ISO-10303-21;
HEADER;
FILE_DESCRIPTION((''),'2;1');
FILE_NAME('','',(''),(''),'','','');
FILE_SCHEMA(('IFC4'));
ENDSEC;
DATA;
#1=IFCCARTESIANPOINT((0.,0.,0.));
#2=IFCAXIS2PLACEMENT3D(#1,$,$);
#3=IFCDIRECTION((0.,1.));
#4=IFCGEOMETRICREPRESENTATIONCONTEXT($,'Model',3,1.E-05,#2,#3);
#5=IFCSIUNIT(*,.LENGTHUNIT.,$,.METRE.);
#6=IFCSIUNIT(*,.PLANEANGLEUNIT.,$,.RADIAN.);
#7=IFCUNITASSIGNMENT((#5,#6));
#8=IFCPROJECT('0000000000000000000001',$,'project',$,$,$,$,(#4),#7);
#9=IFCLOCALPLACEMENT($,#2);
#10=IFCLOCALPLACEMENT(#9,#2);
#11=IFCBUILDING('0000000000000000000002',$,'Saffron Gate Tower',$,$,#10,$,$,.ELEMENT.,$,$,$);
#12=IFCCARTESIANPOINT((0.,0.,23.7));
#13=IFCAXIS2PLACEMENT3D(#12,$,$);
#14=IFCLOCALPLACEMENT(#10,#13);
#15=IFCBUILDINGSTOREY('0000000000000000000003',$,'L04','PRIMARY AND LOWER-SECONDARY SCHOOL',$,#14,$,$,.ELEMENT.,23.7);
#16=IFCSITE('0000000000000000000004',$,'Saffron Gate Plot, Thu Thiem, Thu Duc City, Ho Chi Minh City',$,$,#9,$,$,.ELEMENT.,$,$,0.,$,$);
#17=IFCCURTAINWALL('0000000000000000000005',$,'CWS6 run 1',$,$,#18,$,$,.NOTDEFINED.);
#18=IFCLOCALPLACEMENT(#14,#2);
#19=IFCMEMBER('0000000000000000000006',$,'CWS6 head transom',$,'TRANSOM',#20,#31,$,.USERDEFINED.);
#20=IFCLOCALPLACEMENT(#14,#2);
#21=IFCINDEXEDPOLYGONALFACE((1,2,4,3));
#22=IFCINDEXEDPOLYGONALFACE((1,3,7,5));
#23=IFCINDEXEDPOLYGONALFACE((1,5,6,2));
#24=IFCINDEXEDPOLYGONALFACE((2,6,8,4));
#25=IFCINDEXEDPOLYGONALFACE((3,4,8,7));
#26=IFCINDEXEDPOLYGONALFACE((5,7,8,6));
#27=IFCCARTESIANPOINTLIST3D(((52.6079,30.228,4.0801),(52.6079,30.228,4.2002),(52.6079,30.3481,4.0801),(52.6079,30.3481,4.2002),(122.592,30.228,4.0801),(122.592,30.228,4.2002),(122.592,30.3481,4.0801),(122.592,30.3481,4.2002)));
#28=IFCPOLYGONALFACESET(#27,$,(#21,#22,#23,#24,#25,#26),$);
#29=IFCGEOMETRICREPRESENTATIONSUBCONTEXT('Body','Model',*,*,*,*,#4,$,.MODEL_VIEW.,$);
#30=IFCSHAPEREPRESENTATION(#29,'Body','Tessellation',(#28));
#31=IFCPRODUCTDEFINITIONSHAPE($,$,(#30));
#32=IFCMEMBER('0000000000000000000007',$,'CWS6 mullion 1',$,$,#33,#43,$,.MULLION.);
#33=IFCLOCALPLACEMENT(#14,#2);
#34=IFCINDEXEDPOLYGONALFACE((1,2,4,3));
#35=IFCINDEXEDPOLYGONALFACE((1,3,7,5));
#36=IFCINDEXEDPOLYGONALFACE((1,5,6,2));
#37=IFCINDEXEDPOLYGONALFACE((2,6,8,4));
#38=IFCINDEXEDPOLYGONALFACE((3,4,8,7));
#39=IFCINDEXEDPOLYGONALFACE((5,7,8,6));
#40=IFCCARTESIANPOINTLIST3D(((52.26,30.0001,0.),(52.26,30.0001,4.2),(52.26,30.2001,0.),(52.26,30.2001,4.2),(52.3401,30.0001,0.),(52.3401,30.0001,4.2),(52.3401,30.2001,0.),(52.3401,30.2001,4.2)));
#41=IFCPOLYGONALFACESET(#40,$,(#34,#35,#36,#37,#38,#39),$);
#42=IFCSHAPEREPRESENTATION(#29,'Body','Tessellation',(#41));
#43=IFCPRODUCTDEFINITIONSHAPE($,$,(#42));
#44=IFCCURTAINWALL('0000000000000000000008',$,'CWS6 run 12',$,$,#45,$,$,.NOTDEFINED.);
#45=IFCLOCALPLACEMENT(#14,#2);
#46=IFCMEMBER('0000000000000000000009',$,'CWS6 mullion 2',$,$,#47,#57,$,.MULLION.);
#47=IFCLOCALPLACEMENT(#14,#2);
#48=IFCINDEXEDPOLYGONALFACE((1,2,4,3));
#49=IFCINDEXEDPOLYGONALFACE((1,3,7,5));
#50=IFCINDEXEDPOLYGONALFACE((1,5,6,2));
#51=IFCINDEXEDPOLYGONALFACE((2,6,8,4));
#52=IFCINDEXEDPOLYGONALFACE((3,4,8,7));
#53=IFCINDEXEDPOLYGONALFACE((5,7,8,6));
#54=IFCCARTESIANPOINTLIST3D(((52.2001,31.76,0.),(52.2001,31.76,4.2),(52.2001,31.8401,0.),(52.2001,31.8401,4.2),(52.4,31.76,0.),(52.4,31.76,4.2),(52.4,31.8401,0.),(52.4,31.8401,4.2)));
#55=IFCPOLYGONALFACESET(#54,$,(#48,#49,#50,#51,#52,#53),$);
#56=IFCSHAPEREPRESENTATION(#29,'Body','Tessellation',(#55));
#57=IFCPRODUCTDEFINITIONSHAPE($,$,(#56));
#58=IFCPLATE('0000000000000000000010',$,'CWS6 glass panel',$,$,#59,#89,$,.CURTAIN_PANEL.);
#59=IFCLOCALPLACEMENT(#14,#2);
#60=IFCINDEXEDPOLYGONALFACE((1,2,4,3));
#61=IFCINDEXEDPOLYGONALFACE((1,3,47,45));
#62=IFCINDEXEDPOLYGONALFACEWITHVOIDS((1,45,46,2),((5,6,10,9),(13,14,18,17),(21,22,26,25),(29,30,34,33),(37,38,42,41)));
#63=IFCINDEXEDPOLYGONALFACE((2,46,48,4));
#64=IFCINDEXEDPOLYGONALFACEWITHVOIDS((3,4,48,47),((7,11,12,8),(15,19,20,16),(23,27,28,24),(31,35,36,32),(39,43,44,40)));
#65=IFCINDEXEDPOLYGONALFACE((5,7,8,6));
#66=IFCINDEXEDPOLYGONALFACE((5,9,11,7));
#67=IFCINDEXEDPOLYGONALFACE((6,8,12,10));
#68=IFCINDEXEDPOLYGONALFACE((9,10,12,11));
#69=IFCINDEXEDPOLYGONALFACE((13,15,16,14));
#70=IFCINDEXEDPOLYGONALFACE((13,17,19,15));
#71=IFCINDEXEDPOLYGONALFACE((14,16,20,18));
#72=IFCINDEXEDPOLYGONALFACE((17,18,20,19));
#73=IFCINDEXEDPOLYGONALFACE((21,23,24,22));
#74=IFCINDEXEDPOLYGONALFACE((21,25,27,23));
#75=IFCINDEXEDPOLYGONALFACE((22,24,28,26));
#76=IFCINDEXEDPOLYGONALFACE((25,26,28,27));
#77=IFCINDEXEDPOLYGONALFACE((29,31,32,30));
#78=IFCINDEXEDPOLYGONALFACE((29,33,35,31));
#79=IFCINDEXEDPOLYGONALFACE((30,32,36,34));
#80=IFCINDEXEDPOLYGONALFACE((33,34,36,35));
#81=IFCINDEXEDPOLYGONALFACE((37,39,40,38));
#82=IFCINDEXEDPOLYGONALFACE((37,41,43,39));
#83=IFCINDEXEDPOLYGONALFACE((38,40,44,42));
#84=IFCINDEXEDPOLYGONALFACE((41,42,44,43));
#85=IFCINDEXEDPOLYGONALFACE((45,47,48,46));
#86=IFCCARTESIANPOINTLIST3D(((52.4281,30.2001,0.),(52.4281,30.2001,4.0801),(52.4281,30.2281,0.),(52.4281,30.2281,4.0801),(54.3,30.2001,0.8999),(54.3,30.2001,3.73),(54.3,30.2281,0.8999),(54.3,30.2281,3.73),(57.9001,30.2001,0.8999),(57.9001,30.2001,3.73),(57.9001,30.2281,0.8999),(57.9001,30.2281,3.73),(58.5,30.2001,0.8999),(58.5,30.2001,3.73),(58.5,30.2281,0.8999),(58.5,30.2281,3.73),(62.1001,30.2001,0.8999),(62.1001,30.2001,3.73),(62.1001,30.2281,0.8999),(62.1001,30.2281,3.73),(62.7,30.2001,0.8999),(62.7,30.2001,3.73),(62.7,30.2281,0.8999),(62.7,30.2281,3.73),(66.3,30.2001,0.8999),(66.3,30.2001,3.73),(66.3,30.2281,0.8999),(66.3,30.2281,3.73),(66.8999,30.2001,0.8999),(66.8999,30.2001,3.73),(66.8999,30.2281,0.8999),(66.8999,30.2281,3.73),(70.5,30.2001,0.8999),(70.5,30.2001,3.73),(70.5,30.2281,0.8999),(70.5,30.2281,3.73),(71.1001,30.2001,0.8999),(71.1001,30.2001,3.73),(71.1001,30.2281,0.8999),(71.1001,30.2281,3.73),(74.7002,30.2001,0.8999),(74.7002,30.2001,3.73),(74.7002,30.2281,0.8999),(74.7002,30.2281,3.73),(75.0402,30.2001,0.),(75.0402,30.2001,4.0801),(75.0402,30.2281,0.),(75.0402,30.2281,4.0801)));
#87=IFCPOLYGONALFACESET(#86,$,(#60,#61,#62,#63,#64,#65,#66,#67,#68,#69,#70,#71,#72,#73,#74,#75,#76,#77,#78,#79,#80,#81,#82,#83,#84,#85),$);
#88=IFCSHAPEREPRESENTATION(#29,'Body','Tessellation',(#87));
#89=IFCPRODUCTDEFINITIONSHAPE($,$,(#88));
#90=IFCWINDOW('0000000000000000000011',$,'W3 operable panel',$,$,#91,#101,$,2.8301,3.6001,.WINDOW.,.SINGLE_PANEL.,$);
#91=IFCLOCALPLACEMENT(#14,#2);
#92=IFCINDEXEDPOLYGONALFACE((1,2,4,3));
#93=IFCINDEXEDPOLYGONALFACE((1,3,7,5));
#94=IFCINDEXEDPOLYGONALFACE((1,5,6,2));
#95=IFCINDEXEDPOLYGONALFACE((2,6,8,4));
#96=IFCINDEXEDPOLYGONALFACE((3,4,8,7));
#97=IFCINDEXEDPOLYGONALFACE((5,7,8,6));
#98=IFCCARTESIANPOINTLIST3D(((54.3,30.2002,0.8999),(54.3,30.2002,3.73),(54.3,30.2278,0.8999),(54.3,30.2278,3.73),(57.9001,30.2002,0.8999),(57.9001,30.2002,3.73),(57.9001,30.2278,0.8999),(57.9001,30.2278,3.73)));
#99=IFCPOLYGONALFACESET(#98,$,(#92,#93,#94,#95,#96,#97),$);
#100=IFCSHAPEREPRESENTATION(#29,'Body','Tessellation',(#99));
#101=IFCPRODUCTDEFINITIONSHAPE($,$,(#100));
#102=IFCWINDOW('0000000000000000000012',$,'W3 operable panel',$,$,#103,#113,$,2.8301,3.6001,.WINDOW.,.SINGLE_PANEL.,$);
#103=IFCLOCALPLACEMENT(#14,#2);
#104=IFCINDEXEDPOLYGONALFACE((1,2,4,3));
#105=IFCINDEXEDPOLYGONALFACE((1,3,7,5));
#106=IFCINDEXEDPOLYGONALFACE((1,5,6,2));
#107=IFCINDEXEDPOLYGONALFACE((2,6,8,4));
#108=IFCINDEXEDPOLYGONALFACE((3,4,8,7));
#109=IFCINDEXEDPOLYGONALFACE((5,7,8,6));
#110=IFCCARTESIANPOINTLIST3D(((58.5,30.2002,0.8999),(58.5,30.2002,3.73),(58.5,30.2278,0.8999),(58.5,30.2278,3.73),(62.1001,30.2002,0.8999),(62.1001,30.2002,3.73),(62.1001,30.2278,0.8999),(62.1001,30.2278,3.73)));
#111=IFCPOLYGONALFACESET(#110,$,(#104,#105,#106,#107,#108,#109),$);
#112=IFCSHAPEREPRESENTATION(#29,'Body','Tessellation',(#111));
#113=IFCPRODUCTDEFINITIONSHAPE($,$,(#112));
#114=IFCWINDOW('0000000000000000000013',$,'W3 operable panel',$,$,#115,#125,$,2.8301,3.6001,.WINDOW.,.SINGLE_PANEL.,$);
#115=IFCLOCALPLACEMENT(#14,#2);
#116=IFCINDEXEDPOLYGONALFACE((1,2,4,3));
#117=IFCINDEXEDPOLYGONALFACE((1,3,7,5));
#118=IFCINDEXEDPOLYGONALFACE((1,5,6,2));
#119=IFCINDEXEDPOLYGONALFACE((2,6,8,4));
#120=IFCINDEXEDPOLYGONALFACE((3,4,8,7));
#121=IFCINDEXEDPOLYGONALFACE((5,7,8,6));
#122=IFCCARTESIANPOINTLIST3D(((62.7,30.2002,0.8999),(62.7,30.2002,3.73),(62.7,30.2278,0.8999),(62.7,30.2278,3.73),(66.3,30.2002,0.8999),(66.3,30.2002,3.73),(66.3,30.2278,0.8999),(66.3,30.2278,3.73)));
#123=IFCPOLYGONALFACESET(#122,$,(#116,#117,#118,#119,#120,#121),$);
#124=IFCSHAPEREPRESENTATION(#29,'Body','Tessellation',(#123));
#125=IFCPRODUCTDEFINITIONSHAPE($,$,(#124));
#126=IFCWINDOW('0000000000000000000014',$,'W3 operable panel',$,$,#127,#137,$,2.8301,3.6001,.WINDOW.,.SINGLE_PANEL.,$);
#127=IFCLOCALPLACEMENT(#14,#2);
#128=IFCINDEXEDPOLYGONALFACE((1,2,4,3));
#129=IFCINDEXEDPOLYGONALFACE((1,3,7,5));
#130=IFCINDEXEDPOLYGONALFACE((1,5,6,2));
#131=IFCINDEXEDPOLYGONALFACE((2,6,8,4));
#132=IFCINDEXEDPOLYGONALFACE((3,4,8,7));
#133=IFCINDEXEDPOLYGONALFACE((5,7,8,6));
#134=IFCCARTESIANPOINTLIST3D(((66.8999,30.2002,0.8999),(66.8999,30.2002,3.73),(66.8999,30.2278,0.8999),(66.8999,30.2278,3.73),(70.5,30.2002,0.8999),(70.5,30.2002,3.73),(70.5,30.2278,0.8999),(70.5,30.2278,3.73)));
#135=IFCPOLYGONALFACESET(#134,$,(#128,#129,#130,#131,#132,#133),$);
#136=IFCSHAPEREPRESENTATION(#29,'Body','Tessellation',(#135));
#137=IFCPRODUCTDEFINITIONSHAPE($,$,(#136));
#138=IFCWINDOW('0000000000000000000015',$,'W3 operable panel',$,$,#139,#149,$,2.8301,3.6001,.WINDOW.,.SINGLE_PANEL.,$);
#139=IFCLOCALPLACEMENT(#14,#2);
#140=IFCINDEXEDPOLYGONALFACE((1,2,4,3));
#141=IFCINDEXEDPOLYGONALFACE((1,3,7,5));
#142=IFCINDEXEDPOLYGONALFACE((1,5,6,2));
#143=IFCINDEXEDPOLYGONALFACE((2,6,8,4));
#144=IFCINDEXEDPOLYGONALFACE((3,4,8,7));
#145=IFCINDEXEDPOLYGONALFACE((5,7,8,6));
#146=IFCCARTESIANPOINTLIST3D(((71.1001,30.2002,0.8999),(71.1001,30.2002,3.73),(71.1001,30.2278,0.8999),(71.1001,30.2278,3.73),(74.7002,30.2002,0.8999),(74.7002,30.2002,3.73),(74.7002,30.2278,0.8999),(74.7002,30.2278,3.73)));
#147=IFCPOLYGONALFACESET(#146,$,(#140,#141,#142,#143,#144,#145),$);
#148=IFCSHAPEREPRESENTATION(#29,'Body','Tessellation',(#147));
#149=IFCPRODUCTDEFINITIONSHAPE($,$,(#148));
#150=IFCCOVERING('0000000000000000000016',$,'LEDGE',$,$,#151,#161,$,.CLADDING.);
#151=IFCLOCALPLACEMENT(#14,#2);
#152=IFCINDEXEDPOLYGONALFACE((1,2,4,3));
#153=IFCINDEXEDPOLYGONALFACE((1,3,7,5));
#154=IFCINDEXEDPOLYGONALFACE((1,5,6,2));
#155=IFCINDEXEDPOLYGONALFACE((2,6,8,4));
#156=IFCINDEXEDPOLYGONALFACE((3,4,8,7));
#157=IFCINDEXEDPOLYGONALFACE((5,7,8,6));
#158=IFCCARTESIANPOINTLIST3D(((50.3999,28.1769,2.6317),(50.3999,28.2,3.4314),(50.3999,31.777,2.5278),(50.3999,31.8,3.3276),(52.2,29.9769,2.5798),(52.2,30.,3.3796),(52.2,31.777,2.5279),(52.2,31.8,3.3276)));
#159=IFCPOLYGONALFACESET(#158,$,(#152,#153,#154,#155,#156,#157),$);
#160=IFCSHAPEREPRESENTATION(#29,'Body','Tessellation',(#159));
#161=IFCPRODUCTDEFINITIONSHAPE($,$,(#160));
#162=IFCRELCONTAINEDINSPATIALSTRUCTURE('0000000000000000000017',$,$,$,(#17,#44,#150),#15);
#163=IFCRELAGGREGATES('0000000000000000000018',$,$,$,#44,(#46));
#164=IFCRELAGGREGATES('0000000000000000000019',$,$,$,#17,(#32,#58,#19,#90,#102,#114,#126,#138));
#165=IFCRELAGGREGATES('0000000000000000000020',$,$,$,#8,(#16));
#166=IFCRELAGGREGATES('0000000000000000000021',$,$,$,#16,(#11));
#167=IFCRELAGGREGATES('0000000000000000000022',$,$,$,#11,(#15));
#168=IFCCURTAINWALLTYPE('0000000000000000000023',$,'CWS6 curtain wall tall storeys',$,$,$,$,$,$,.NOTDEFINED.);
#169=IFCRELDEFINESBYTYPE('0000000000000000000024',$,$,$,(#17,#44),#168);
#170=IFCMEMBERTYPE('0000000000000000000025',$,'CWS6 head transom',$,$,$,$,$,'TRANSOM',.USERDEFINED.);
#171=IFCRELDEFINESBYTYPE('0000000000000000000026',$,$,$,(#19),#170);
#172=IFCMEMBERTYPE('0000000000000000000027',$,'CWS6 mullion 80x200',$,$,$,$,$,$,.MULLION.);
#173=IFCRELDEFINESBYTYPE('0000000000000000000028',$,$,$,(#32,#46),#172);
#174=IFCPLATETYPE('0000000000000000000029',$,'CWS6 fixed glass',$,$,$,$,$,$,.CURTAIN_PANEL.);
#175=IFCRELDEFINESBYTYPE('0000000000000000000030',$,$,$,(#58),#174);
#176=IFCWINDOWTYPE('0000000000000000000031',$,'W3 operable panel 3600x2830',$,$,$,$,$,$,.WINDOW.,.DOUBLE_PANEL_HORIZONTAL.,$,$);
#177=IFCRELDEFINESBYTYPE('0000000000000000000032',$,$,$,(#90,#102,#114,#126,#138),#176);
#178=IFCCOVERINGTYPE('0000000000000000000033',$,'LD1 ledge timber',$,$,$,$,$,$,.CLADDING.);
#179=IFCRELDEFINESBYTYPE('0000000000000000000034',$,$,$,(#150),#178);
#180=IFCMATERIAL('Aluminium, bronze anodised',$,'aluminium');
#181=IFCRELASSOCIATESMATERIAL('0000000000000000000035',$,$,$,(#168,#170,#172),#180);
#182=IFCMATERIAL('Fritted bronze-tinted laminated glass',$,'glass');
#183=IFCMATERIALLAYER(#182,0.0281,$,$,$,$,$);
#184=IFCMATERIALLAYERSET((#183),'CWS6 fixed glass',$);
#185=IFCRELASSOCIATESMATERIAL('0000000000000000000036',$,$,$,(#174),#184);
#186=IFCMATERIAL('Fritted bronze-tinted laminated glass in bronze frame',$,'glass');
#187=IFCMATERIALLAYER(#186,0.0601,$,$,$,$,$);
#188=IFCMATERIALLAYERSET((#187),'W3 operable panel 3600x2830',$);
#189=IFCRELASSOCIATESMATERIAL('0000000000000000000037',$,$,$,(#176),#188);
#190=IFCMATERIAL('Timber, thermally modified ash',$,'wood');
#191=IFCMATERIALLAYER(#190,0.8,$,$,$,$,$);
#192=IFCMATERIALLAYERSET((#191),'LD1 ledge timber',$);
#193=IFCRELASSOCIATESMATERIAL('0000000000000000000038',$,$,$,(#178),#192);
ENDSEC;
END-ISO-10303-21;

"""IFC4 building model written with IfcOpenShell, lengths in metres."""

from ifc_helpers import new_model, si_unit, direction, frame, frame_2d, origin, origin_2d, place, context, subcontext, project, spatial, polyline, rectangle, outline, extrude, material, layer, layer_set, material_profile, profile_set, type_object, element, fill, aggregate, save


model = new_model("IFC4")

# Units and contexts
model_context = context("Model", 3, precision=1e-05, world=origin(), true_north=direction((0.0, 1.0)))
body_context = subcontext(model_context, "Body", "Model", "MODEL_VIEW")
ifc_project = project(units=[si_unit("LENGTHUNIT", "METRE"), si_unit("PLANEANGLEUNIT", "RADIAN")], contexts=[model_context])

# Site, building, storey
site_placement = place(None, origin())
site = spatial("IfcSite", under=ifc_project, at=site_placement, Name="Saffron Gate Plot, Thu Thiem, Thu Duc City, Ho Chi Minh City", CompositionType="ELEMENT", RefElevation=0.0)
building_placement = place(site_placement, origin())
building = spatial("IfcBuilding", under=site, at=building_placement, Name="Saffron Gate Tower", CompositionType="ELEMENT")
storey_placement = place(building_placement, frame((0.0, 0.0, 23.7)))
storey = spatial("IfcBuildingStorey", under=building, at=storey_placement, Name="L04", Description="PRIMARY AND LOWER-SECONDARY SCHOOL", CompositionType="ELEMENT", Elevation=23.7)

# Curtain wall, members
ifc_material_1 = material(Name="Aluminium, bronze anodised", Category="aluminium")
curtain_wall_type = type_object("IfcCurtainWallType", Name="CWS6 curtain wall tall storeys", PredefinedType="NOTDEFINED", material=ifc_material_1)
curtain_wall_1_placement = place(storey_placement, origin())
curtain_wall_1 = element("IfcCurtainWall", 1, at=curtain_wall_1_placement, inside=storey, type_object=curtain_wall_type, Name="CWS6 run 1", PredefinedType="NOTDEFINED")
ifc_material_profile_1 = material_profile(ifc_material_1, rectangle(XDim=0.1201, YDim=0.1201, at=origin_2d()))
ifc_profile_set_1 = profile_set([ifc_material_profile_1], Name="Aluminium, bronze anodised")
member_type_1 = type_object("IfcMemberType", Name="CWS6 head transom", ElementType="TRANSOM", PredefinedType="USERDEFINED", material=ifc_profile_set_1)
member_1_placement = place(storey_placement, frame((52.6079, 30.2881, 4.1401), z_axis=(1.0, 0.0, 0.0), x_axis=(0.0, 1.0, 0.0)))
member_1 = element("IfcMember", 2, at=member_1_placement, type_object=member_type_1, Name="CWS6 head transom", ObjectType="TRANSOM", PredefinedType="USERDEFINED", context=body_context, shape_type="SweptSolid", body=[
    extrude(rectangle(XDim=0.1201, YDim=0.1201, at=origin_2d()), origin(), (0.0, 0.0, 1.0), 69.9841),
])
ifc_material_profile_2 = material_profile(ifc_material_1, rectangle(XDim=0.2, YDim=0.0801, at=origin_2d()))
ifc_profile_set_2 = profile_set([ifc_material_profile_2], Name="Aluminium, bronze anodised")
member_type_2 = type_object("IfcMemberType", Name="CWS6 mullion 80x200", PredefinedType="MULLION", material=ifc_profile_set_2)
member_2_placement = place(storey_placement, frame((52.3, 30.1001, 0.0), z_axis=(0.0, 0.0, 1.0), x_axis=(0.0, 1.0, 0.0)))
member_2 = element("IfcMember", 3, at=member_2_placement, type_object=member_type_2, Name="CWS6 mullion 1", PredefinedType="MULLION", context=body_context, shape_type="SweptSolid", body=[
    extrude(rectangle(XDim=0.2, YDim=0.0801, at=origin_2d()), origin(), (0.0, 0.0, 1.0), 4.2),
])

# Curtain wall, member
curtain_wall_2_placement = place(storey_placement, origin())
curtain_wall_2 = element("IfcCurtainWall", 4, at=curtain_wall_2_placement, inside=storey, type_object=curtain_wall_type, Name="CWS6 run 12", PredefinedType="NOTDEFINED")
member_3_placement = place(storey_placement, frame((52.3, 31.8, 0.0), z_axis=(0.0, 0.0, 1.0), x_axis=(1.0, 0.0, 0.0)))
member_3 = element("IfcMember", 5, at=member_3_placement, type_object=member_type_2, Name="CWS6 mullion 2", PredefinedType="MULLION", context=body_context, shape_type="SweptSolid", body=[
    extrude(rectangle(XDim=0.2, YDim=0.0801, at=origin_2d()), origin(), (0.0, 0.0, 1.0), 4.2),
])
aggregate(curtain_wall_2, [member_3])

# Plate, openings, windows
ifc_material_2 = material(Name="Fritted bronze-tinted laminated glass", Category="glass")
ifc_layer_1 = layer(ifc_material_2, 0.0281)
ifc_layer_set_1 = layer_set([ifc_layer_1], Name="CWS6 fixed glass")
plate_type = type_object("IfcPlateType", Name="CWS6 fixed glass", PredefinedType="CURTAIN_PANEL", material=ifc_layer_set_1)
plate_placement = place(storey_placement, frame((52.428, 30.2141, 0.0), z_axis=(0.0, 0.0, 1.0), x_axis=(1.0, 0.0, 0.0)))
plate = element("IfcPlate", 6, at=plate_placement, type_object=plate_type, Name="CWS6 glass panel", PredefinedType="CURTAIN_PANEL", context=body_context, shape_type="SweptSolid", body=[
    extrude(rectangle(XDim=22.6121, YDim=0.0281, at=frame_2d((11.3062, 0.0))), origin(), (0.0, 0.0, 1.0), 4.0801),
])
opening_1_placement = place(plate_placement, frame((1.8721, 0.0, 0.8999)))
opening_1 = element("IfcOpeningElement", 7, at=opening_1_placement, cuts=plate, PredefinedType="OPENING", context=body_context, shape_type="SweptSolid", body=[
    extrude(rectangle(XDim=3.6001, YDim=2.8301, at=frame_2d((1.8, 1.415))), frame((0.0, 0.0239, 0.0), z_axis=(0.0, -1.0, 0.0), x_axis=(1.0, 0.0, 0.0)), (0.0, 0.0, 1.0), 0.0481),
])
opening_2_placement = place(plate_placement, frame((6.072, 0.0, 0.8999)))
opening_2 = element("IfcOpeningElement", 8, at=opening_2_placement, cuts=plate, PredefinedType="OPENING", context=body_context, shape_type="SweptSolid", body=[
    extrude(rectangle(XDim=3.6001, YDim=2.8301, at=frame_2d((1.8, 1.415))), frame((0.0, 0.0239, 0.0), z_axis=(0.0, -1.0, 0.0), x_axis=(1.0, 0.0, 0.0)), (0.0, 0.0, 1.0), 0.0481),
])
opening_3_placement = place(plate_placement, frame((10.272, 0.0, 0.8999)))
opening_3 = element("IfcOpeningElement", 9, at=opening_3_placement, cuts=plate, PredefinedType="OPENING", context=body_context, shape_type="SweptSolid", body=[
    extrude(rectangle(XDim=3.6001, YDim=2.8301, at=frame_2d((1.8, 1.415))), frame((0.0, 0.0239, 0.0), z_axis=(0.0, -1.0, 0.0), x_axis=(1.0, 0.0, 0.0)), (0.0, 0.0, 1.0), 0.0481),
])
opening_4_placement = place(plate_placement, frame((14.4719, 0.0, 0.8999)))
opening_4 = element("IfcOpeningElement", 10, at=opening_4_placement, cuts=plate, PredefinedType="OPENING", context=body_context, shape_type="SweptSolid", body=[
    extrude(rectangle(XDim=3.6001, YDim=2.8301, at=frame_2d((1.8, 1.415))), frame((0.0, 0.0239, 0.0), z_axis=(0.0, -1.0, 0.0), x_axis=(1.0, 0.0, 0.0)), (0.0, 0.0, 1.0), 0.0481),
])
opening_5_placement = place(plate_placement, frame((18.6721, 0.0, 0.8999)))
opening_5 = element("IfcOpeningElement", 11, at=opening_5_placement, cuts=plate, PredefinedType="OPENING", context=body_context, shape_type="SweptSolid", body=[
    extrude(rectangle(XDim=3.6001, YDim=2.8301, at=frame_2d((1.8, 1.415))), frame((0.0, 0.0239, 0.0), z_axis=(0.0, -1.0, 0.0), x_axis=(1.0, 0.0, 0.0)), (0.0, 0.0, 1.0), 0.0481),
])
ifc_material_3 = material(Name="Fritted bronze-tinted laminated glass in bronze frame", Category="glass")
ifc_layer_2 = layer(ifc_material_3, 0.0601)
ifc_layer_set_2 = layer_set([ifc_layer_2], Name="W3 operable panel 3600x2830")
window_type = type_object("IfcWindowType", Name="W3 operable panel 3600x2830", PartitioningType="DOUBLE_PANEL_HORIZONTAL", PredefinedType="WINDOW", material=ifc_layer_set_2)
window_1_placement = place(opening_1_placement, origin())
window_1 = element("IfcWindow", 12, at=window_1_placement, type_object=window_type, Name="W3 operable panel", OverallHeight=2.8301, OverallWidth=3.6001, PartitioningType="SINGLE_PANEL", PredefinedType="WINDOW", context=body_context, shape_type="SweptSolid", body=[
    extrude(rectangle(XDim=3.6001, YDim=2.8301, at=frame_2d((1.8, 1.415))), frame((0.0, 0.0137, 0.0), z_axis=(0.0, -1.0, 0.0), x_axis=(1.0, 0.0, 0.0)), (0.0, 0.0, 1.0), 0.0276),
])
fill(opening_1, window_1)
window_2_placement = place(opening_2_placement, origin())
window_2 = element("IfcWindow", 13, at=window_2_placement, type_object=window_type, Name="W3 operable panel", OverallHeight=2.8301, OverallWidth=3.6001, PartitioningType="SINGLE_PANEL", PredefinedType="WINDOW", context=body_context, shape_type="SweptSolid", body=[
    extrude(rectangle(XDim=3.6001, YDim=2.8301, at=frame_2d((1.8, 1.415))), frame((0.0, 0.0137, 0.0), z_axis=(0.0, -1.0, 0.0), x_axis=(1.0, 0.0, 0.0)), (0.0, 0.0, 1.0), 0.0276),
])
fill(opening_2, window_2)
window_3_placement = place(opening_3_placement, origin())
window_3 = element("IfcWindow", 14, at=window_3_placement, type_object=window_type, Name="W3 operable panel", OverallHeight=2.8301, OverallWidth=3.6001, PartitioningType="SINGLE_PANEL", PredefinedType="WINDOW", context=body_context, shape_type="SweptSolid", body=[
    extrude(rectangle(XDim=3.6001, YDim=2.8301, at=frame_2d((1.8, 1.415))), frame((0.0, 0.0137, 0.0), z_axis=(0.0, -1.0, 0.0), x_axis=(1.0, 0.0, 0.0)), (0.0, 0.0, 1.0), 0.0276),
])
fill(opening_3, window_3)
window_4_placement = place(opening_4_placement, origin())
window_4 = element("IfcWindow", 15, at=window_4_placement, type_object=window_type, Name="W3 operable panel", OverallHeight=2.8301, OverallWidth=3.6001, PartitioningType="SINGLE_PANEL", PredefinedType="WINDOW", context=body_context, shape_type="SweptSolid", body=[
    extrude(rectangle(XDim=3.6001, YDim=2.8301, at=frame_2d((1.8, 1.415))), frame((0.0, 0.0137, 0.0), z_axis=(0.0, -1.0, 0.0), x_axis=(1.0, 0.0, 0.0)), (0.0, 0.0, 1.0), 0.0276),
])
fill(opening_4, window_4)
window_5_placement = place(opening_5_placement, origin())
window_5 = element("IfcWindow", 16, at=window_5_placement, type_object=window_type, Name="W3 operable panel", OverallHeight=2.8301, OverallWidth=3.6001, PartitioningType="SINGLE_PANEL", PredefinedType="WINDOW", context=body_context, shape_type="SweptSolid", body=[
    extrude(rectangle(XDim=3.6001, YDim=2.8301, at=frame_2d((1.8, 1.415))), frame((0.0, 0.0137, 0.0), z_axis=(0.0, -1.0, 0.0), x_axis=(1.0, 0.0, 0.0)), (0.0, 0.0, 1.0), 0.0276),
])
fill(opening_5, window_5)
aggregate(curtain_wall_1, [member_2, plate, member_1, window_1, window_2, window_3, window_4, window_5])

# Covering
ifc_material_4 = material(Name="Timber, thermally modified ash", Category="wood")
ifc_layer_3 = layer(ifc_material_4, 0.8)
ifc_layer_set_3 = layer_set([ifc_layer_3], Name="LD1 ledge timber")
covering_type_1 = type_object("IfcCoveringType", Name="LD1 ledge timber", PredefinedType="CLADDING", material=ifc_layer_set_3)
covering_1_placement = place(storey_placement, frame((52.2, 31.8, 3.3276), z_axis=(-0.000045, 0.028832, 0.999584), x_axis=(0.0, -0.999584, 0.028832)))
element("IfcCovering", 17, at=covering_1_placement, inside=storey, type_object=covering_type_1, Name="LEDGE", PredefinedType="CLADDING", context=body_context, shape_type="SweptSolid", body=[
    extrude(outline(polyline([(0.0, 0.0), (1.8008, 0.0), (3.6016, -1.8), (0.0, -1.8), (0.0, 0.0)])), origin(), (0.0, 0.0, -1.0), 0.8),
])

save(model, "model.ifc")
